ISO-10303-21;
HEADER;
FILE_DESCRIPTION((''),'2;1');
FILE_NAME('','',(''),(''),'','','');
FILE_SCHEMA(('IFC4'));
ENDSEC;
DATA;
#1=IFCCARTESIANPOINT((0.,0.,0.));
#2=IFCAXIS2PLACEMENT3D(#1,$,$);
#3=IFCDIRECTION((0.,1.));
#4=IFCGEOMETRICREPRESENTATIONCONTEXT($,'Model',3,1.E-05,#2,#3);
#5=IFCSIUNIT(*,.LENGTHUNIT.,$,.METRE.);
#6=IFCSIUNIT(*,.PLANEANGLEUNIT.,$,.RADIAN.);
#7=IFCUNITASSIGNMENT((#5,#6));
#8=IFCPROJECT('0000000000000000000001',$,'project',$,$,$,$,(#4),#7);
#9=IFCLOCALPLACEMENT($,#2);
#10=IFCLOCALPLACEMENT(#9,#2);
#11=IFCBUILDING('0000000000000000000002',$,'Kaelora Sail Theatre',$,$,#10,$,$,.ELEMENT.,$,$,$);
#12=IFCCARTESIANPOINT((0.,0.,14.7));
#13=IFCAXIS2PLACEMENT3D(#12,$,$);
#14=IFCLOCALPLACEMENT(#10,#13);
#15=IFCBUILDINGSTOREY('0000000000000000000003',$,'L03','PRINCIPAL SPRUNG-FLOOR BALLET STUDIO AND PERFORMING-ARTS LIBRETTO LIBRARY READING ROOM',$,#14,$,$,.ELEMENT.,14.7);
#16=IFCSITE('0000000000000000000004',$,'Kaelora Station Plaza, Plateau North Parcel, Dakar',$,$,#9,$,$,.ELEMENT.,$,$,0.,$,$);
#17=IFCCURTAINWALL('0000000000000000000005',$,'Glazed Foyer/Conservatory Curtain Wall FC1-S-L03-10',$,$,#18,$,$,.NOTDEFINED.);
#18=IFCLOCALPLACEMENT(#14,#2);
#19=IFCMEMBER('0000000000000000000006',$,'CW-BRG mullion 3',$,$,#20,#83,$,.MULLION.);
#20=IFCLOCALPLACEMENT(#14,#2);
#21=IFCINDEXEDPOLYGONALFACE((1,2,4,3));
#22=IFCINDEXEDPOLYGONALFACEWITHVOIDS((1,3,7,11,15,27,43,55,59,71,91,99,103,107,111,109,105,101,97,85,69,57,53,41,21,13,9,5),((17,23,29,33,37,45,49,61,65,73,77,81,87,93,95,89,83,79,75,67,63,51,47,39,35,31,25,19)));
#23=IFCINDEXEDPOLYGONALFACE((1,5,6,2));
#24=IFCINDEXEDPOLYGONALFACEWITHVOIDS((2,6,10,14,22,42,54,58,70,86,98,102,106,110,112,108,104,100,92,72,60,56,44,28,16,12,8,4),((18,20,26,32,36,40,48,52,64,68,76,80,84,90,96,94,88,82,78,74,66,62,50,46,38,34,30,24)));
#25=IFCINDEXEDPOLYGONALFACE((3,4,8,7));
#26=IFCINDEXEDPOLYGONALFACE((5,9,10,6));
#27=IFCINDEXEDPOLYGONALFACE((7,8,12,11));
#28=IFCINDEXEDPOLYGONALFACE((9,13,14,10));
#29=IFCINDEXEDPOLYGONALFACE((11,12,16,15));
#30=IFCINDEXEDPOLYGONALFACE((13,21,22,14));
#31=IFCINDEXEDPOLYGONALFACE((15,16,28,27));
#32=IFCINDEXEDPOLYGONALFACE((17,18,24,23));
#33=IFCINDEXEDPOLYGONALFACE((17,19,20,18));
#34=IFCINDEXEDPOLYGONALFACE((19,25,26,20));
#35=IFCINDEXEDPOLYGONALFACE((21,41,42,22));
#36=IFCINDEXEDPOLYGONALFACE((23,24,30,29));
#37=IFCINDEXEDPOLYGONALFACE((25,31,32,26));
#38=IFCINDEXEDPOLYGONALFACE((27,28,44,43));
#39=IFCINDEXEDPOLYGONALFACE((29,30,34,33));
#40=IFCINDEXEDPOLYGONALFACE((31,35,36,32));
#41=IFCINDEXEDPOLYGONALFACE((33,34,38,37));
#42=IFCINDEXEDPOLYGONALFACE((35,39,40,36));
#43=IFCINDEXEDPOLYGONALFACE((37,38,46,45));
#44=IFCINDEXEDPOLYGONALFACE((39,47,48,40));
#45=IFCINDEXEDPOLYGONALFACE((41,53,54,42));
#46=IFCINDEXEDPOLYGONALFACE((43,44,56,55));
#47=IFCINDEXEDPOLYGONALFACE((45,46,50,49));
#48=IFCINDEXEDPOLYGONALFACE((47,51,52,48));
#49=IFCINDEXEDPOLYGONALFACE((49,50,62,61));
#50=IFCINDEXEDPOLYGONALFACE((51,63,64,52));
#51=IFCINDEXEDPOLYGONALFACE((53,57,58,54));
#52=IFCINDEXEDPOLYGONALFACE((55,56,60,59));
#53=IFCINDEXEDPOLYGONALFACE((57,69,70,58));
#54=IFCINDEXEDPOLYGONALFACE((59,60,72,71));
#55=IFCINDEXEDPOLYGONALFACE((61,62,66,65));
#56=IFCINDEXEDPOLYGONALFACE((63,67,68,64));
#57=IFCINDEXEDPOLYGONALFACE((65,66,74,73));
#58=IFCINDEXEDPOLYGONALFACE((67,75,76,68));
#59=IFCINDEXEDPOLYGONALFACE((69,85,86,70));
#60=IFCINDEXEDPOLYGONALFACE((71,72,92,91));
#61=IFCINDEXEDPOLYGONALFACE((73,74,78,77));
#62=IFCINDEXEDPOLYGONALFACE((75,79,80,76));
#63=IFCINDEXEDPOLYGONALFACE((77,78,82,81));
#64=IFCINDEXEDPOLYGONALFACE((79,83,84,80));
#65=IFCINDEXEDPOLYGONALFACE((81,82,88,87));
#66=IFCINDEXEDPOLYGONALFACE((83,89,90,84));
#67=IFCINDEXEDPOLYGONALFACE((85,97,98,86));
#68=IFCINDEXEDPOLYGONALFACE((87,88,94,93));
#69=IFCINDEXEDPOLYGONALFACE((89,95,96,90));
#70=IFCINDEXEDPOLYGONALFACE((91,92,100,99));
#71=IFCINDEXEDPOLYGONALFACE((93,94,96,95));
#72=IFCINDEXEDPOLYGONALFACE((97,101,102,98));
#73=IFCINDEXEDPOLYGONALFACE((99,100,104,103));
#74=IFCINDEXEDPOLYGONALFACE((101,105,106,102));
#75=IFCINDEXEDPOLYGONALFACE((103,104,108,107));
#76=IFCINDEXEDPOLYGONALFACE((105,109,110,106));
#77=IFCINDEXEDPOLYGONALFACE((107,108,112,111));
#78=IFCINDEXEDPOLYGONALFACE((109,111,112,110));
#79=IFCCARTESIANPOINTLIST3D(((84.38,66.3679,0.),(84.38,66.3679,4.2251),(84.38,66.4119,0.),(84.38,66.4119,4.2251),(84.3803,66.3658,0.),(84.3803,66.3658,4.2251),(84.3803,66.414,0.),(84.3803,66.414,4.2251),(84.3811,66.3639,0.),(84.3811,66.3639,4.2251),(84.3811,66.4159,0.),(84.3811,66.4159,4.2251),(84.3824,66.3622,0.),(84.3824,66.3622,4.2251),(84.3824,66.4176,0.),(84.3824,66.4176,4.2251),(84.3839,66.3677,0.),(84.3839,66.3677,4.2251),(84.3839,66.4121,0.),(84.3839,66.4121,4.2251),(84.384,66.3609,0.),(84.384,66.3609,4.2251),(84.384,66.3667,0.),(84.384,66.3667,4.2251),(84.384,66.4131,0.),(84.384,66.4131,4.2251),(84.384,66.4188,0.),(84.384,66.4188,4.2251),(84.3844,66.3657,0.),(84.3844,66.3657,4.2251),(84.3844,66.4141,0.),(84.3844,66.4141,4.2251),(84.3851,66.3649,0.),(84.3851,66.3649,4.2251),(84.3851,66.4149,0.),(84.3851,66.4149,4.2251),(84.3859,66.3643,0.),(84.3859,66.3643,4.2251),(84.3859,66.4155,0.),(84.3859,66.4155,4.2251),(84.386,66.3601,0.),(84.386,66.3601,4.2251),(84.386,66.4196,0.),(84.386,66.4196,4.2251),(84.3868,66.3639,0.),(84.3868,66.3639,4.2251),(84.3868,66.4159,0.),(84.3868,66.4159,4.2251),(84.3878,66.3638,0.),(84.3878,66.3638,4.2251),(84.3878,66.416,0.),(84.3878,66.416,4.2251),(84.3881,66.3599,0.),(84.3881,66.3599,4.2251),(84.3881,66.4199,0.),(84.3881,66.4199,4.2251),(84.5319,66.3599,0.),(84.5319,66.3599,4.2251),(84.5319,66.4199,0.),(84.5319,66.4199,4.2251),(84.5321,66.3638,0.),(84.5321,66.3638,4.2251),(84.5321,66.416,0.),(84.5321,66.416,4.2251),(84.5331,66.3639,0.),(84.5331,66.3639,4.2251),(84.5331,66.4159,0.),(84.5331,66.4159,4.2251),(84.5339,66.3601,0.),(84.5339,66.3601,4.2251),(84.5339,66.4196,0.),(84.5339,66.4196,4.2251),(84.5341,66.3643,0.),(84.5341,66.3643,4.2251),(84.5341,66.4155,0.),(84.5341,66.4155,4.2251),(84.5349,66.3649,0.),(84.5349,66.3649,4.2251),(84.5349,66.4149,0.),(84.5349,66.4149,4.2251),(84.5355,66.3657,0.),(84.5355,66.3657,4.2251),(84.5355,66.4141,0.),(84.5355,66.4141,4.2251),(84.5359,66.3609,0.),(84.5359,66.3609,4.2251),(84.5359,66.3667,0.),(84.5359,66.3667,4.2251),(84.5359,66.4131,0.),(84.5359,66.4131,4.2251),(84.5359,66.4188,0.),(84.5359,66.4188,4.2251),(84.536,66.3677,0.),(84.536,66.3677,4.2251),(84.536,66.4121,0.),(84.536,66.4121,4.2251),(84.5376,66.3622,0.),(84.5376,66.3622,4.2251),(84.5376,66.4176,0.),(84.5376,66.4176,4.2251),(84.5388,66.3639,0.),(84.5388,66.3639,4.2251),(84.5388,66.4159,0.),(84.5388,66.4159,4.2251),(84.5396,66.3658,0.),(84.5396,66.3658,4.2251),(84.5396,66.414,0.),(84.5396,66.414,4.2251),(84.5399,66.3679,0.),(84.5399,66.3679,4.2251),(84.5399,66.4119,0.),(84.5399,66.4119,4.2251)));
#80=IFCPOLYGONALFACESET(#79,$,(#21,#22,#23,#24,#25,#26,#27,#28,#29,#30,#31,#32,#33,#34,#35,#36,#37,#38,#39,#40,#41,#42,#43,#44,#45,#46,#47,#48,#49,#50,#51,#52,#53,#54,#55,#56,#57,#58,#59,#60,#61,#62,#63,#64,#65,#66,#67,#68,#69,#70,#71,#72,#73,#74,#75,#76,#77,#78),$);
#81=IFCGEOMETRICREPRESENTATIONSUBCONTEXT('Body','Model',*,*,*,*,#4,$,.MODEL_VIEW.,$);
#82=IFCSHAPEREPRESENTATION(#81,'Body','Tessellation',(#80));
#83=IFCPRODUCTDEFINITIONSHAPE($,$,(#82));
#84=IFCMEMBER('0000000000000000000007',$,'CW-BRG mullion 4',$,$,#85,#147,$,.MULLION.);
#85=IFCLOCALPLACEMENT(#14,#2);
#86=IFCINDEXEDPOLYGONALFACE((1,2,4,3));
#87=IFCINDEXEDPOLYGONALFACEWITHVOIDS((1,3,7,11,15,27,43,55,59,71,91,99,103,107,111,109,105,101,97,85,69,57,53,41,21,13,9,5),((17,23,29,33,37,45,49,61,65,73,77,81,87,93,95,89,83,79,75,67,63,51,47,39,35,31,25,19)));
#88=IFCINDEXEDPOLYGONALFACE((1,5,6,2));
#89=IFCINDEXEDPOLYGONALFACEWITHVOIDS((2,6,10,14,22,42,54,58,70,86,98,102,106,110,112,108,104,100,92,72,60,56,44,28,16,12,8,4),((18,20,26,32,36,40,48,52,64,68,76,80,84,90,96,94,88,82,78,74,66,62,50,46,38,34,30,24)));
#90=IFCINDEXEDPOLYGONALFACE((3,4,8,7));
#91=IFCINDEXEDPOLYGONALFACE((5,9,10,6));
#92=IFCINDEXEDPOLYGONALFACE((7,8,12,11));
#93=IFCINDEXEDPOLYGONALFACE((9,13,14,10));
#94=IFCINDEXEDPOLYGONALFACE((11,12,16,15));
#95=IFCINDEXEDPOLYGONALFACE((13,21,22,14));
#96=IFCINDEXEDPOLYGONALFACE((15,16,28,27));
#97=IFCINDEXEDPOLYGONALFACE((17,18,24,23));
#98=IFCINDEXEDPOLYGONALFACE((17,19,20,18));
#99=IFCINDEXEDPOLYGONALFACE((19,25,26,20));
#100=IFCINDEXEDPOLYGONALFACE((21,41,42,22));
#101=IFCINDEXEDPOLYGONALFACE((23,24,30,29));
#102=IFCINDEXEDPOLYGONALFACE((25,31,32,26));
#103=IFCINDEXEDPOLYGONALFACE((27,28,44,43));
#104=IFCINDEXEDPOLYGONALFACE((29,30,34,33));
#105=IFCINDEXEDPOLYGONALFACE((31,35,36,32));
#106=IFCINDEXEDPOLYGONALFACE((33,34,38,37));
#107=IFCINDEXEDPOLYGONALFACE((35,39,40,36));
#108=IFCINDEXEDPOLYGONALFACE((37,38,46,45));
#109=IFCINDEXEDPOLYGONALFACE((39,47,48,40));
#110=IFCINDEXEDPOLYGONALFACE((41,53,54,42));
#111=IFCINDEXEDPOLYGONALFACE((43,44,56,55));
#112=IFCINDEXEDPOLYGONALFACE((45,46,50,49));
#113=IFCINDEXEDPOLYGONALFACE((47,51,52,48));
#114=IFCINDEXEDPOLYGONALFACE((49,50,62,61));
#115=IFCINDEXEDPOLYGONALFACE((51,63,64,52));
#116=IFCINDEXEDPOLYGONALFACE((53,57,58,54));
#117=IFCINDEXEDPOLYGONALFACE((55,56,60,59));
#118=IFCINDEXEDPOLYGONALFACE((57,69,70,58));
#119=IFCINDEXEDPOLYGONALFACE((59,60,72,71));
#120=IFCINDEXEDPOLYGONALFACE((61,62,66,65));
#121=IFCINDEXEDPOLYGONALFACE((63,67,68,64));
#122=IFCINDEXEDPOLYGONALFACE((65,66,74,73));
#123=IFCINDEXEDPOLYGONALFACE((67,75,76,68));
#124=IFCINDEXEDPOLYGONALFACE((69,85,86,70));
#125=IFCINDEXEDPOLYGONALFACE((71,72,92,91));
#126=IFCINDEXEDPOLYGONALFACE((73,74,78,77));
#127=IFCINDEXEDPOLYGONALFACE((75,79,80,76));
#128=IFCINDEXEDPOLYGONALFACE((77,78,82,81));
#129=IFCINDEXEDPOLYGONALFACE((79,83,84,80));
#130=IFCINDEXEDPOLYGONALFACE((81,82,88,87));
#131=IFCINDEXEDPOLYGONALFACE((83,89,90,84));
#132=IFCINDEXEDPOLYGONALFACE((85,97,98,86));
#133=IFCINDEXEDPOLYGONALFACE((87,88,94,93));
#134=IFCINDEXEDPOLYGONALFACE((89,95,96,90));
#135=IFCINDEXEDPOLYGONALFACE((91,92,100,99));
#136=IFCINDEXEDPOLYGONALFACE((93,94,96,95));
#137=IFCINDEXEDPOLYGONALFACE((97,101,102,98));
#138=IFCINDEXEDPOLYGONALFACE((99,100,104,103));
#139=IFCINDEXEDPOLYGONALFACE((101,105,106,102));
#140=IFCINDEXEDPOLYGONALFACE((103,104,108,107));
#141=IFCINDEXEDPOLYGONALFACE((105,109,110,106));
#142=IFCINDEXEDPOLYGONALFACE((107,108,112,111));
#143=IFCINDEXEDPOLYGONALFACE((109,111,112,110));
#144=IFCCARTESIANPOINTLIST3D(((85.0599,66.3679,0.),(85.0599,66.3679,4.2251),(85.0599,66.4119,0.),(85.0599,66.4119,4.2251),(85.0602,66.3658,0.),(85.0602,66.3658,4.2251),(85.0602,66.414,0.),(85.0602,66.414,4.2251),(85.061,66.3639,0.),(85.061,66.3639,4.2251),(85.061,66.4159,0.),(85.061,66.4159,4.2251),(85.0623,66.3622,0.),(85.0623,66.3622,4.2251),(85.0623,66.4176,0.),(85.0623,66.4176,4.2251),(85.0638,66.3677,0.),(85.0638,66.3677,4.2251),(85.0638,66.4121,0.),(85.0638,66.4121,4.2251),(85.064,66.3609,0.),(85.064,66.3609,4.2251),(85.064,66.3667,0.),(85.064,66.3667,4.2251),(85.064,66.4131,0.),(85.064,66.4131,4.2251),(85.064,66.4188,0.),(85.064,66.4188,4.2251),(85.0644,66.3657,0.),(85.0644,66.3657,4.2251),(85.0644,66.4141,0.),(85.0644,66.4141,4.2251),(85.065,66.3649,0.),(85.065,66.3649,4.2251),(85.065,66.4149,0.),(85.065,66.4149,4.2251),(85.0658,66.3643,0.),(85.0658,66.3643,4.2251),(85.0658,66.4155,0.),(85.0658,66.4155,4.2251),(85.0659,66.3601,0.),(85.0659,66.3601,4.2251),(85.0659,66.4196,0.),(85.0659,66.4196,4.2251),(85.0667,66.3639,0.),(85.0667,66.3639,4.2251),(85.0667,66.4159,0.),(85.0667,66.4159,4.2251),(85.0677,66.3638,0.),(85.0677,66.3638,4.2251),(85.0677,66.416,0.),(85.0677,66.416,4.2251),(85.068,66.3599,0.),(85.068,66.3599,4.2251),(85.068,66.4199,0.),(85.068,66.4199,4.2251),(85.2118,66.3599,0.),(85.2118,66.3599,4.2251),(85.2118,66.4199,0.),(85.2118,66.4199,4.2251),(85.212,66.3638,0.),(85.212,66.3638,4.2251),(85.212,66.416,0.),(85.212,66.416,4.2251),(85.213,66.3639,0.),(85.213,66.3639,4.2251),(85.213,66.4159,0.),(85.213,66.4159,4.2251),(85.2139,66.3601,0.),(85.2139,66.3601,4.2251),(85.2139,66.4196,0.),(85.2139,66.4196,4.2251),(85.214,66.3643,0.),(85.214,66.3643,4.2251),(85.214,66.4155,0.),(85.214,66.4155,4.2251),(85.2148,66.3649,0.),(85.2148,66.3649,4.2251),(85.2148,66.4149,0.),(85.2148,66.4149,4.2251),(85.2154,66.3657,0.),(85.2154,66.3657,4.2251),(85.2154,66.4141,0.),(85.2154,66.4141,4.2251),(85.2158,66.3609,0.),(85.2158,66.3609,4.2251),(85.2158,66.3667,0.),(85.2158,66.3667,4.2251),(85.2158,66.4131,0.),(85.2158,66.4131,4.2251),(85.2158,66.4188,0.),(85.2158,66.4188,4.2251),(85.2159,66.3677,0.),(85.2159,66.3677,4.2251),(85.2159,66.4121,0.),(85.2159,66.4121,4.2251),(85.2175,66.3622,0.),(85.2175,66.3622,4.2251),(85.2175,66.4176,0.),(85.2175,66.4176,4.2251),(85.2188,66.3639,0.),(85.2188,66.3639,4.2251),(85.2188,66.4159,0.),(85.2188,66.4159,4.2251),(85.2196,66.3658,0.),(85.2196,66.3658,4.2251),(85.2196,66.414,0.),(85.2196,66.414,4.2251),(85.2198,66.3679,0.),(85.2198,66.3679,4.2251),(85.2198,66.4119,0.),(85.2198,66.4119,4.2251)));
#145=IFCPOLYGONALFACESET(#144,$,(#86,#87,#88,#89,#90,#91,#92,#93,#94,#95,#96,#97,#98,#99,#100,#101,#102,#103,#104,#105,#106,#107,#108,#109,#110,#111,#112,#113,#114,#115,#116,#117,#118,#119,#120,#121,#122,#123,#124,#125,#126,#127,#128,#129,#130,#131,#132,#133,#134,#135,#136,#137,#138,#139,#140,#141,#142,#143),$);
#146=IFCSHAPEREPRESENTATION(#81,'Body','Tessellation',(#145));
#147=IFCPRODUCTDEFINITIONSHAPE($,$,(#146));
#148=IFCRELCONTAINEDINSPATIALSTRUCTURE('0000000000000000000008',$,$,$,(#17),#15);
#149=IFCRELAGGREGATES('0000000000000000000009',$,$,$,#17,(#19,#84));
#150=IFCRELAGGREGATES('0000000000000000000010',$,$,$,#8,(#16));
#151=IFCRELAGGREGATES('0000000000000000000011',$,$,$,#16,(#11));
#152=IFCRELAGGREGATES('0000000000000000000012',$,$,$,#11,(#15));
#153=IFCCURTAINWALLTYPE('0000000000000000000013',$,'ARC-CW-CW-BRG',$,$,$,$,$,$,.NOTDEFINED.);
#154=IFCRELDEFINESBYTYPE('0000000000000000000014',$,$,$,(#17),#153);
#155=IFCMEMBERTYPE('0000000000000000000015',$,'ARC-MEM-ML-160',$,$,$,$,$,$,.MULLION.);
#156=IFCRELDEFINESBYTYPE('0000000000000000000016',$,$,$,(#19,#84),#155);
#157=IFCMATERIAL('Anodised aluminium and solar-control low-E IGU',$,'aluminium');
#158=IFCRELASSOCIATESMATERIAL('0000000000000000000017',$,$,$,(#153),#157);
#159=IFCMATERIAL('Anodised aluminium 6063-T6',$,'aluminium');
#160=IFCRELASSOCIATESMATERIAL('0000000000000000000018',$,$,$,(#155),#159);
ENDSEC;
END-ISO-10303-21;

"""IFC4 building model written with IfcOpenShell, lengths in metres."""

from ifc_helpers import new_model, si_unit, direction, frame, origin, origin_2d, place, context, subcontext, project, spatial, hollow_rectangle, extrude, material, material_profile, profile_set, type_object, element, aggregate, save


model = new_model("IFC4")

# Units and contexts
model_context = context("Model", 3, precision=1e-05, world=origin(), true_north=direction((0.0, 1.0)))
body_context = subcontext(model_context, "Body", "Model", "MODEL_VIEW")
ifc_project = project(units=[si_unit("LENGTHUNIT", "METRE"), si_unit("PLANEANGLEUNIT", "RADIAN")], contexts=[model_context])

# Site, building, storey
site_placement = place(None, origin())
site = spatial("IfcSite", under=ifc_project, at=site_placement, Name="Kaelora Station Plaza, Plateau North Parcel, Dakar", CompositionType="ELEMENT", RefElevation=0.0)
building_placement = place(site_placement, origin())
building = spatial("IfcBuilding", under=site, at=building_placement, Name="Kaelora Sail Theatre", CompositionType="ELEMENT")
storey_placement = place(building_placement, frame((0.0, 0.0, 14.7)))
storey = spatial("IfcBuildingStorey", under=building, at=storey_placement, Name="L03", Description="PRINCIPAL SPRUNG-FLOOR BALLET STUDIO AND PERFORMING-ARTS LIBRETTO LIBRARY READING ROOM", CompositionType="ELEMENT", Elevation=14.7)

# Curtain wall, members
ifc_material_1 = material(Name="Anodised aluminium and solar-control low-E IGU", Category="aluminium")
curtain_wall_type = type_object("IfcCurtainWallType", Name="ARC-CW-CW-BRG", PredefinedType="NOTDEFINED", material=ifc_material_1)
curtain_wall_placement = place(storey_placement, origin())
curtain_wall = element("IfcCurtainWall", 1, at=curtain_wall_placement, inside=storey, type_object=curtain_wall_type, Name="Glazed Foyer/Conservatory Curtain Wall FC1-S-L03-10", PredefinedType="NOTDEFINED")
ifc_material_2 = material(Name="Anodised aluminium 6063-T6", Category="aluminium")
ifc_material_profile_1 = material_profile(ifc_material_2, hollow_rectangle(XDim=0.0601, YDim=0.1599, WallThickness=0.0039, InnerFilletRadius=0.0039, OuterFilletRadius=0.0081, at=origin_2d()), Name="ALU-MULL 60x160x4")
ifc_profile_set_1 = profile_set([ifc_material_profile_1], Name="Anodised aluminium 6063-T6")
member_type_1 = type_object("IfcMemberType", Name="ARC-MEM-ML-160", PredefinedType="MULLION", material=ifc_profile_set_1)
member_1_placement = place(storey_placement, frame((84.46, 66.3899, 0.0), z_axis=(0.0, 0.0, 1.0), x_axis=(0.0, 1.0, 0.0)))
member_1 = element("IfcMember", 2, at=member_1_placement, type_object=member_type_1, Name="CW-BRG mullion 3", PredefinedType="MULLION", context=body_context, shape_type="SweptSolid", body=[
    extrude(hollow_rectangle(XDim=0.0601, YDim=0.1599, WallThickness=0.0039, InnerFilletRadius=0.0039, OuterFilletRadius=0.0081, at=origin_2d()), origin(), (0.0, 0.0, 1.0), 4.2251),
])
member_2_placement = place(storey_placement, frame((85.1399, 66.3899, 0.0), z_axis=(0.0, 0.0, 1.0), x_axis=(0.0, 1.0, 0.0)))
member_2 = element("IfcMember", 3, at=member_2_placement, type_object=member_type_1, Name="CW-BRG mullion 4", PredefinedType="MULLION", context=body_context, shape_type="SweptSolid", body=[
    extrude(hollow_rectangle(XDim=0.0601, YDim=0.1599, WallThickness=0.0039, InnerFilletRadius=0.0039, OuterFilletRadius=0.0081, at=origin_2d()), origin(), (0.0, 0.0, 1.0), 4.2251),
])
aggregate(curtain_wall, [member_1, member_2])

save(model, "model.ifc")
